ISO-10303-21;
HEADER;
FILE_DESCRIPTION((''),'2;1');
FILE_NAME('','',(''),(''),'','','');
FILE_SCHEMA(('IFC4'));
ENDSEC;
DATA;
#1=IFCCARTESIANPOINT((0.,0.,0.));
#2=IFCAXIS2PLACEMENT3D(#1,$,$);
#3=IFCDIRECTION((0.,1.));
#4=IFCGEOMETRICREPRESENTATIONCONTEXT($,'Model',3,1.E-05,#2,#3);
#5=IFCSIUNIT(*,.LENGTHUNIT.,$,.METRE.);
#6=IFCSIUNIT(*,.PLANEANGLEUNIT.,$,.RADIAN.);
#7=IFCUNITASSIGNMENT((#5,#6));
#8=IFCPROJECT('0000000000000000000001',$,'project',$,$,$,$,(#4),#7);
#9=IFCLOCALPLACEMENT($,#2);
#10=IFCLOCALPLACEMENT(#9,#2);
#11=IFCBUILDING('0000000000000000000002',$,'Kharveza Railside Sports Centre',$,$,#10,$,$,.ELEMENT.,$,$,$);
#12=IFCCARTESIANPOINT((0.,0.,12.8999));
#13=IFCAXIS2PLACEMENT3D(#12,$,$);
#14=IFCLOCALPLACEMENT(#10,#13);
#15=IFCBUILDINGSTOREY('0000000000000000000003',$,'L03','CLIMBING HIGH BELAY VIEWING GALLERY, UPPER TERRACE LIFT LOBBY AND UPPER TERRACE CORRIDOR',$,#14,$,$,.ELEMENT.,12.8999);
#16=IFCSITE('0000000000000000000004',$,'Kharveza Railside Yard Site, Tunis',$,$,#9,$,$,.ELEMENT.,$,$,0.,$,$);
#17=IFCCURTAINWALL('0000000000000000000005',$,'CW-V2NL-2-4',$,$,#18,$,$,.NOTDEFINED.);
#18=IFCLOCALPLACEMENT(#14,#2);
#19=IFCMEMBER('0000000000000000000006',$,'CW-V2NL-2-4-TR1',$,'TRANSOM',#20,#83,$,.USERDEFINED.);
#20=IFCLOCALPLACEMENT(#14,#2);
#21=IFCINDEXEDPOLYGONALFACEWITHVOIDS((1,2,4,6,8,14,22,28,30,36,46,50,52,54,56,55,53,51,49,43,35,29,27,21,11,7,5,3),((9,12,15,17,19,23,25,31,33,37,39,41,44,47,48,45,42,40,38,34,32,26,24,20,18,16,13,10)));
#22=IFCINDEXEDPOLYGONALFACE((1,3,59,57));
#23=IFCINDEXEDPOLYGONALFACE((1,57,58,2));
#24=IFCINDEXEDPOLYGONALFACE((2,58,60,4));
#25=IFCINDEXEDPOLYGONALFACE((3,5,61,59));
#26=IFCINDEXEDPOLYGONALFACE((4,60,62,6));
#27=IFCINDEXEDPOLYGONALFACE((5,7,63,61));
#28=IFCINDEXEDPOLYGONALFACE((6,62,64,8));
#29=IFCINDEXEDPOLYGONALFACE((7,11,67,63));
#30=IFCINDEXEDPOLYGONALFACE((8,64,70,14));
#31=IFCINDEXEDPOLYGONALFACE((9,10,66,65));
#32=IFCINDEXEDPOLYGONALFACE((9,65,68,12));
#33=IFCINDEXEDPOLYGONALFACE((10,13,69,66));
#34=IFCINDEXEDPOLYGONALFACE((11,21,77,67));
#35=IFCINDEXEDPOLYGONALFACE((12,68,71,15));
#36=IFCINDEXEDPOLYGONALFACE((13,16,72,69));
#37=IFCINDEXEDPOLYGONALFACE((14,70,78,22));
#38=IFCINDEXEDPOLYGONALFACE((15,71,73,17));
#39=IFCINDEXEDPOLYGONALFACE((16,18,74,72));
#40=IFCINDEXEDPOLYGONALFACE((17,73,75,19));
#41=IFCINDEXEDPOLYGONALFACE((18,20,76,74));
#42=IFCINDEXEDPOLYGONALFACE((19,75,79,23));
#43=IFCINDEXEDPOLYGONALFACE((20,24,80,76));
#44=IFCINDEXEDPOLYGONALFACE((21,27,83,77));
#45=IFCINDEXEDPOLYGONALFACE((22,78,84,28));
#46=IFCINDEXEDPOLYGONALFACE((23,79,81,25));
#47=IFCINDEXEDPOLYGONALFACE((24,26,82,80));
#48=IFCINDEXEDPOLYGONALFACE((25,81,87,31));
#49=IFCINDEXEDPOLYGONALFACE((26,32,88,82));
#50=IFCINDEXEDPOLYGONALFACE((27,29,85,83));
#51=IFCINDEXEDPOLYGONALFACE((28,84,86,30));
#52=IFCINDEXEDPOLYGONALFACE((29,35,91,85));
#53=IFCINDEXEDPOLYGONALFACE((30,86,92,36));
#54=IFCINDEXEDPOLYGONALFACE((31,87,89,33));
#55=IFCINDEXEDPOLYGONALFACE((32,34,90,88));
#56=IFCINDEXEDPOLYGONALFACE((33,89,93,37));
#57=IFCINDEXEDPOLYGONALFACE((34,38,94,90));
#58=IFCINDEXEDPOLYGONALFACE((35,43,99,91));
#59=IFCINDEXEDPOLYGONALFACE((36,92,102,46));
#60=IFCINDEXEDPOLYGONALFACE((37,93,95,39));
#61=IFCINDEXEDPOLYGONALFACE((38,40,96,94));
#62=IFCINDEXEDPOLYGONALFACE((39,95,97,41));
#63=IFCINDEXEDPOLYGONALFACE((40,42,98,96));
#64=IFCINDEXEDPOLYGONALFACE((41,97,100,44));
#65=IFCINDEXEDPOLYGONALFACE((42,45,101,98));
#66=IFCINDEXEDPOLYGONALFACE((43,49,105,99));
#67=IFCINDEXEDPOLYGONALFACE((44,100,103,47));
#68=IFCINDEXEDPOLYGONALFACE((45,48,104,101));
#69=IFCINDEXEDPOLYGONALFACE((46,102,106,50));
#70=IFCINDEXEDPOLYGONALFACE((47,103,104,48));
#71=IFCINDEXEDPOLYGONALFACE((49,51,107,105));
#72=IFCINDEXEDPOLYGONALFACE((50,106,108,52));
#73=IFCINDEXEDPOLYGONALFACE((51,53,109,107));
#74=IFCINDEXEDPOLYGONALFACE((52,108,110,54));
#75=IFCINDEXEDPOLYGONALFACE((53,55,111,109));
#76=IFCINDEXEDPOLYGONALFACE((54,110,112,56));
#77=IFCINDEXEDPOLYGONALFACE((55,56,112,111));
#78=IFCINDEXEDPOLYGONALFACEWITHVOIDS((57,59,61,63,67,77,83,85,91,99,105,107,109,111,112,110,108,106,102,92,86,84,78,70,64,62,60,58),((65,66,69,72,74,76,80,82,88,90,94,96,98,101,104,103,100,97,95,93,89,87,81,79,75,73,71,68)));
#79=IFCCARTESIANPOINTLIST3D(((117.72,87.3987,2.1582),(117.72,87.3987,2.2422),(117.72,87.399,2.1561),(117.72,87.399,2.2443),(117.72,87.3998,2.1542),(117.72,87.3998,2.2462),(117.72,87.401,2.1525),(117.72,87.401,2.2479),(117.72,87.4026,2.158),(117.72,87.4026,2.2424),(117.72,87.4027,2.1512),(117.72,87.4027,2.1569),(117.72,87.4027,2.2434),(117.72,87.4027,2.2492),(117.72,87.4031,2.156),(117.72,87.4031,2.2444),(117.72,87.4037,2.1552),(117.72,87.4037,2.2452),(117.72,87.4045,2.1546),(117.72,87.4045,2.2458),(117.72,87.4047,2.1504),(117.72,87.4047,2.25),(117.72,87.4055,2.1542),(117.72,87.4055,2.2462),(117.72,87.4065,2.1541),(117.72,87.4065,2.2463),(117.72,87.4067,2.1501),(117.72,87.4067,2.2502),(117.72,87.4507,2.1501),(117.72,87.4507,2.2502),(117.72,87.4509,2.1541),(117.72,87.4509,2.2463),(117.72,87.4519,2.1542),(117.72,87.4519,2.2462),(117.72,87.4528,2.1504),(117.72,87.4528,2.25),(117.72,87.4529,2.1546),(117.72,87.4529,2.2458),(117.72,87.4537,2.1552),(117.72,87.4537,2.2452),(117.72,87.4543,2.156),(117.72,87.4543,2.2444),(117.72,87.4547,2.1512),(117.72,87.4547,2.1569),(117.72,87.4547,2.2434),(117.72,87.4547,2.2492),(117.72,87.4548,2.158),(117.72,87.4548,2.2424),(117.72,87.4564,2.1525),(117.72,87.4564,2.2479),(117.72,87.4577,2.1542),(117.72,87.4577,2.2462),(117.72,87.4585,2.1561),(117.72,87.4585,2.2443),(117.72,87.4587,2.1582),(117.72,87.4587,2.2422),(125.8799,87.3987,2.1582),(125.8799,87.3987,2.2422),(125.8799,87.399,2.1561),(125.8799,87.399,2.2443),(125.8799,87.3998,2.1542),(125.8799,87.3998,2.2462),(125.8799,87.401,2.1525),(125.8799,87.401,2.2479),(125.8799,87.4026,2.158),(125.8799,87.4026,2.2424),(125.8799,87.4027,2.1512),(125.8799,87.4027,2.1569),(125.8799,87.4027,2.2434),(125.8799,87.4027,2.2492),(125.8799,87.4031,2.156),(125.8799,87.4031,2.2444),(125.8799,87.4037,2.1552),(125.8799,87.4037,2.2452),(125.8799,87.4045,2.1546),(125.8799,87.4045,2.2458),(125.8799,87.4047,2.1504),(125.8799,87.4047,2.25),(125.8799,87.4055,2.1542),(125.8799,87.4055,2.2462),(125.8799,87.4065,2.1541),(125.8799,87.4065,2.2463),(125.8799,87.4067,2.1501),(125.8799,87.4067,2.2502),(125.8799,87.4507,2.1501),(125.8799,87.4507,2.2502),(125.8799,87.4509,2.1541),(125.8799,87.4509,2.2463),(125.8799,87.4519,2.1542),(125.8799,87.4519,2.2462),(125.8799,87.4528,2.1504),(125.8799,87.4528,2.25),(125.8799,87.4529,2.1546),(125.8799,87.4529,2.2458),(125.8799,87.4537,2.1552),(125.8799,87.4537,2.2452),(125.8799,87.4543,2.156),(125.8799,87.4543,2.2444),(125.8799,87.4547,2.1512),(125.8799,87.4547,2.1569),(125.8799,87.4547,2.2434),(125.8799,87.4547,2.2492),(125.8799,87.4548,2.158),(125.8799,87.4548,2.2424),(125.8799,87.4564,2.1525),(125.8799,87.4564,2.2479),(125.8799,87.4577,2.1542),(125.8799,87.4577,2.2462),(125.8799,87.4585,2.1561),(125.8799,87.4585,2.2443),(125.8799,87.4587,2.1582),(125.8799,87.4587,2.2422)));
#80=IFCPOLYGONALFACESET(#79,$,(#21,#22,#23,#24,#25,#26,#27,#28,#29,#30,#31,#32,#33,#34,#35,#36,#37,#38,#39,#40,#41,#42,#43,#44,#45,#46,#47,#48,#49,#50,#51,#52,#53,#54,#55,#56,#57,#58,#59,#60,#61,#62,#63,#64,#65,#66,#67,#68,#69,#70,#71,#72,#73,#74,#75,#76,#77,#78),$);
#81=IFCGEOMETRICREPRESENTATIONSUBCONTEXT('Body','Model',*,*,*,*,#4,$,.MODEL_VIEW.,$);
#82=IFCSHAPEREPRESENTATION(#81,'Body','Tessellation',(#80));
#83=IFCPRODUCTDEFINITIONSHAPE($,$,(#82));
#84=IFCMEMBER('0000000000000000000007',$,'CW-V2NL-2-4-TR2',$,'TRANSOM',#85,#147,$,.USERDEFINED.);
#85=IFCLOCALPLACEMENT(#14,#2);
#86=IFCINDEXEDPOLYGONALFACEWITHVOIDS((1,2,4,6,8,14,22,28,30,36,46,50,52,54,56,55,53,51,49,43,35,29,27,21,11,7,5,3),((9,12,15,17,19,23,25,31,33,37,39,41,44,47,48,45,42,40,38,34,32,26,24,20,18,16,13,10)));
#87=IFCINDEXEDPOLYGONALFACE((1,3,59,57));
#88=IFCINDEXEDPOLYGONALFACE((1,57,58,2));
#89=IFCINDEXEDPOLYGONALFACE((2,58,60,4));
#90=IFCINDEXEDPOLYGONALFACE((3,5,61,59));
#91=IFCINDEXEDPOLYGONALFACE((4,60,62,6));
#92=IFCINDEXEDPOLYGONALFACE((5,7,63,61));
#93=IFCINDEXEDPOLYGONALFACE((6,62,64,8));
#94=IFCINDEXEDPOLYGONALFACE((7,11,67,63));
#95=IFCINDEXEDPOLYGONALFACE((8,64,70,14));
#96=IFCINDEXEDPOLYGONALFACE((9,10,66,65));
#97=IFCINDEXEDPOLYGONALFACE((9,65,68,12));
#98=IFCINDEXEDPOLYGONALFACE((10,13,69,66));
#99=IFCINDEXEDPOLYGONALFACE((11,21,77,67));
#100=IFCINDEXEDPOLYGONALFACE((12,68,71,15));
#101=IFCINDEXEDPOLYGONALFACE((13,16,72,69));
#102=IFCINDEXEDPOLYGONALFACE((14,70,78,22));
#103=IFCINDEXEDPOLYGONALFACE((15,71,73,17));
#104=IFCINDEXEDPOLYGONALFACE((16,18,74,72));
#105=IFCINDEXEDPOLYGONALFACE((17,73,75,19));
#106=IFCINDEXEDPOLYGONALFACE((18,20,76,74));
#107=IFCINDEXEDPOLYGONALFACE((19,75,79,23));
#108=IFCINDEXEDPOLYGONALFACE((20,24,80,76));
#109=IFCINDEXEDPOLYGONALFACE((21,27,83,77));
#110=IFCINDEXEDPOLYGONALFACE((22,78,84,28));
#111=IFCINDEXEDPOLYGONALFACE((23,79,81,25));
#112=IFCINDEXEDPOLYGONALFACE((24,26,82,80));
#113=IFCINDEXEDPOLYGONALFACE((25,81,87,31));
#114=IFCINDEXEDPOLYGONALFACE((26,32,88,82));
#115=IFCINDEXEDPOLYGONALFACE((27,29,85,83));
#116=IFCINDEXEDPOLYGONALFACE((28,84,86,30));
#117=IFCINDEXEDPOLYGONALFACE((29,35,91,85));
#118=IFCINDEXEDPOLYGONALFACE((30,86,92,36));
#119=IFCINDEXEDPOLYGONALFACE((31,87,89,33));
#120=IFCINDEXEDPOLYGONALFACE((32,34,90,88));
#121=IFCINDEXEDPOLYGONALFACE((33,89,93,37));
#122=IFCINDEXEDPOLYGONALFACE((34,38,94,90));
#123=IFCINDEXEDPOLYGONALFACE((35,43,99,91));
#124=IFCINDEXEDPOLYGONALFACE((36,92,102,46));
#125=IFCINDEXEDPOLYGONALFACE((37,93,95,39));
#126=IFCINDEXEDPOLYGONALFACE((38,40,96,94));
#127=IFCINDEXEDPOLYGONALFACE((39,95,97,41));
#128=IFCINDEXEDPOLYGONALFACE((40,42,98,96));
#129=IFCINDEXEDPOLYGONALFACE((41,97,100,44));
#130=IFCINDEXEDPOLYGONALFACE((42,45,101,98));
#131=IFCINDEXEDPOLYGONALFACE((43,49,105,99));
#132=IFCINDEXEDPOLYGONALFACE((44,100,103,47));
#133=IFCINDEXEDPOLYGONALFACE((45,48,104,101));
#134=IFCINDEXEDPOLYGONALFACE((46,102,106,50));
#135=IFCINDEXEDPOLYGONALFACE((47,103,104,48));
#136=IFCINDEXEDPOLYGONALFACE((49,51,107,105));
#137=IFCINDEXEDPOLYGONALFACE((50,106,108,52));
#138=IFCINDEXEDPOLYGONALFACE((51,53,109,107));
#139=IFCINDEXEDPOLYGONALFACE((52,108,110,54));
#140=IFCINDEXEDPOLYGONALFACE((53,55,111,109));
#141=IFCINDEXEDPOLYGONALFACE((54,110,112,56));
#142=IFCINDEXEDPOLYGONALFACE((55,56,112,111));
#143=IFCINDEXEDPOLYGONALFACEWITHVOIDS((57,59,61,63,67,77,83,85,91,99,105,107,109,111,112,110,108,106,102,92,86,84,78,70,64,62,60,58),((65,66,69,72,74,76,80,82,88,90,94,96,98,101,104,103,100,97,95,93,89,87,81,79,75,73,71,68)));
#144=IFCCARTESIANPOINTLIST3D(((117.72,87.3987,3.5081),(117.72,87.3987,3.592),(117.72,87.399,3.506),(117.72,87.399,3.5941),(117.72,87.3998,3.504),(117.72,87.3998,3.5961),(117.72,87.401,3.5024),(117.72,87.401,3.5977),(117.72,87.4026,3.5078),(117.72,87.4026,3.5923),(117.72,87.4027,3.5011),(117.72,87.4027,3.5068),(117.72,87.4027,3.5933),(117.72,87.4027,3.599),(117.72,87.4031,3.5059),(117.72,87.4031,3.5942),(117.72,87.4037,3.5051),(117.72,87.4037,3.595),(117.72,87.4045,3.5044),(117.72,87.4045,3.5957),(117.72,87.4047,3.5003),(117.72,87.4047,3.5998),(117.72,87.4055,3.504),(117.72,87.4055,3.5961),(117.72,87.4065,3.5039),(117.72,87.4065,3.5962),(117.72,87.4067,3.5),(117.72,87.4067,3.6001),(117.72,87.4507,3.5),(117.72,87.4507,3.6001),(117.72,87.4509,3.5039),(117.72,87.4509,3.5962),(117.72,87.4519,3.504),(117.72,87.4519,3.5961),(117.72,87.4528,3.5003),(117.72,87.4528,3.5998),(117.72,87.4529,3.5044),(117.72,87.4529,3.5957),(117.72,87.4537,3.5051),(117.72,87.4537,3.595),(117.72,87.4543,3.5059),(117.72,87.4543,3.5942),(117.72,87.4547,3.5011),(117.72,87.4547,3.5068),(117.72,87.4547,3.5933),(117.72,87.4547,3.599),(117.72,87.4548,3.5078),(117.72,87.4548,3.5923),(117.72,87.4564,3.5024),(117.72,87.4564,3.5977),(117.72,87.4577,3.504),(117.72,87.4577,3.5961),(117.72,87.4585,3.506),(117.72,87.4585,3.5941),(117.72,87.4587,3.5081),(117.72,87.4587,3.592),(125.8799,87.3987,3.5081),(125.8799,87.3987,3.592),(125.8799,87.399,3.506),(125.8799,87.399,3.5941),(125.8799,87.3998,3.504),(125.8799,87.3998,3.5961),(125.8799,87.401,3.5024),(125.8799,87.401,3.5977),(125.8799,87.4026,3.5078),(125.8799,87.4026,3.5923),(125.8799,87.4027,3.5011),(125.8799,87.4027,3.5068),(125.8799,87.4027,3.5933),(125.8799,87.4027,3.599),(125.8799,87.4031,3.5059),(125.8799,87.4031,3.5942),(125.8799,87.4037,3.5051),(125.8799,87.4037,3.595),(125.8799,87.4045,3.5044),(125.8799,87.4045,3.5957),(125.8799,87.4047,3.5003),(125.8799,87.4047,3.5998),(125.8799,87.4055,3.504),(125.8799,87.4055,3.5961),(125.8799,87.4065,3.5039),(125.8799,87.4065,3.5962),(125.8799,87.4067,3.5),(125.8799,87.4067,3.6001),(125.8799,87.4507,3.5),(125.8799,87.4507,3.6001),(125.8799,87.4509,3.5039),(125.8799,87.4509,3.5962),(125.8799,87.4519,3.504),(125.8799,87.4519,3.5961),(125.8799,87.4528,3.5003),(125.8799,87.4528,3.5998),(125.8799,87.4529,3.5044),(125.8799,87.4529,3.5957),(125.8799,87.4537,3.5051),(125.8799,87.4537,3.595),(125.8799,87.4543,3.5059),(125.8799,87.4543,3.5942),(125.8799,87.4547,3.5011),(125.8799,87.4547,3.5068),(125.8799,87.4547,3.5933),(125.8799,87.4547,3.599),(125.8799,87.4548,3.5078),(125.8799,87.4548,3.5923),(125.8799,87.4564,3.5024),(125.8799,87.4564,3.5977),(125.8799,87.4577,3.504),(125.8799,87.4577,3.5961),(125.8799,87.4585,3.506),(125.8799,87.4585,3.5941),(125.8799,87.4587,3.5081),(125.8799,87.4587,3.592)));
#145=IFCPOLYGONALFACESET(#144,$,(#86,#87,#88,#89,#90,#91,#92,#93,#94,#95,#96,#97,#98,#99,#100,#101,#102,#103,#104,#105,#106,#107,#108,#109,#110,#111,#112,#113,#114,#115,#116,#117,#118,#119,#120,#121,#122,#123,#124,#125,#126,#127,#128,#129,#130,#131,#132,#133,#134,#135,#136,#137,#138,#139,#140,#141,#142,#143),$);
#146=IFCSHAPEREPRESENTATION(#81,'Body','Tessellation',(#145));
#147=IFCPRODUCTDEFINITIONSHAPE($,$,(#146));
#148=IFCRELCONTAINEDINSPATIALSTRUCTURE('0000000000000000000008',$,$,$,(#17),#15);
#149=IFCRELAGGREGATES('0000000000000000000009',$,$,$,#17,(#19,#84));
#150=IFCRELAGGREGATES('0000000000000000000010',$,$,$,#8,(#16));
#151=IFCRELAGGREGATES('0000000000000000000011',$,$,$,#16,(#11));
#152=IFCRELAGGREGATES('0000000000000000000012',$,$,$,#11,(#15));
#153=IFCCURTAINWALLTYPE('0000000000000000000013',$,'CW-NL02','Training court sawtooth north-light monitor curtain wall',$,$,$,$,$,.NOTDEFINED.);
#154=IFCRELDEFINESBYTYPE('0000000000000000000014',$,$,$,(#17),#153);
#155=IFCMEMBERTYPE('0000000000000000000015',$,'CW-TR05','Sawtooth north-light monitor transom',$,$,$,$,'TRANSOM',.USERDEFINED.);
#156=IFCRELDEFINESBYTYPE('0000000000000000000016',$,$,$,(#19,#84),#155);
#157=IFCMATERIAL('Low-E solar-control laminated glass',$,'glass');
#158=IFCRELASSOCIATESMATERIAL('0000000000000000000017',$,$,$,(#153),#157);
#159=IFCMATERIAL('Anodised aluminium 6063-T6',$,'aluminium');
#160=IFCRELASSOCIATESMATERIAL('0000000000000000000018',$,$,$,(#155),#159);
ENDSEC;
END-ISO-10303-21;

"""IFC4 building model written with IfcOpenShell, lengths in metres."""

from ifc_helpers import new_model, si_unit, direction, frame, origin, origin_2d, place, context, subcontext, project, spatial, hollow_rectangle, extrude, material, material_profile, profile_set, type_object, element, aggregate, save


model = new_model("IFC4")

# Units and contexts
model_context = context("Model", 3, precision=1e-05, world=origin(), true_north=direction((0.0, 1.0)))
body_context = subcontext(model_context, "Body", "Model", "MODEL_VIEW")
ifc_project = project(units=[si_unit("LENGTHUNIT", "METRE"), si_unit("PLANEANGLEUNIT", "RADIAN")], contexts=[model_context])

# Site, building, storey
site_placement = place(None, origin())
site = spatial("IfcSite", under=ifc_project, at=site_placement, Name="Kharveza Railside Yard Site, Tunis", CompositionType="ELEMENT", RefElevation=0.0)
building_placement = place(site_placement, origin())
building = spatial("IfcBuilding", under=site, at=building_placement, Name="Kharveza Railside Sports Centre", CompositionType="ELEMENT")
storey_placement = place(building_placement, frame((0.0, 0.0, 12.8999)))
storey = spatial("IfcBuildingStorey", under=building, at=storey_placement, Name="L03", Description="CLIMBING HIGH BELAY VIEWING GALLERY, UPPER TERRACE LIFT LOBBY AND UPPER TERRACE CORRIDOR", CompositionType="ELEMENT", Elevation=12.8999)

# Curtain wall
ifc_material_1 = material(Name="Low-E solar-control laminated glass", Category="glass")
curtain_wall_type = type_object("IfcCurtainWallType", Name="CW-NL02", Description="Training court sawtooth north-light monitor curtain wall", PredefinedType="NOTDEFINED", material=ifc_material_1)
curtain_wall_1_placement = place(storey_placement, origin())
curtain_wall_1 = element("IfcCurtainWall", 1, at=curtain_wall_1_placement, inside=storey, type_object=curtain_wall_type, Name="CW-V2NL-2-4", PredefinedType="NOTDEFINED")
ifc_material_2 = material(Name="Anodised aluminium 6063-T6", Category="aluminium")

# Members
ifc_material_profile_1 = material_profile(ifc_material_2, hollow_rectangle(XDim=0.0601, YDim=0.1001, WallThickness=0.0039, InnerFilletRadius=0.0039, OuterFilletRadius=0.0081, at=origin_2d()), Name="RHS 60x100x4.0")
ifc_profile_set_1 = profile_set([ifc_material_profile_1], Name="Anodised aluminium 6063-T6")
member_type_1 = type_object("IfcMemberType", Name="CW-TR05", Description="Sawtooth north-light monitor transom", ElementType="TRANSOM", PredefinedType="USERDEFINED", material=ifc_profile_set_1)
member_1_placement = place(storey_placement, frame((117.72, 87.4287, 2.2002), z_axis=(1.0, 0.0, 0.0), x_axis=(0.0, 1.0, 0.0)))
member_1 = element("IfcMember", 2, at=member_1_placement, type_object=member_type_1, Name="CW-V2NL-2-4-TR1", ObjectType="TRANSOM", PredefinedType="USERDEFINED", context=body_context, shape_type="SweptSolid", body=[
    extrude(hollow_rectangle(XDim=0.0601, YDim=0.1001, WallThickness=0.0039, InnerFilletRadius=0.0039, OuterFilletRadius=0.0081, at=origin_2d()), origin(), (0.0, 0.0, 1.0), 8.1599),
])
member_2_placement = place(storey_placement, frame((117.72, 87.4287, 3.55), z_axis=(1.0, 0.0, 0.0), x_axis=(0.0, 1.0, 0.0)))
member_2 = element("IfcMember", 3, at=member_2_placement, type_object=member_type_1, Name="CW-V2NL-2-4-TR2", ObjectType="TRANSOM", PredefinedType="USERDEFINED", context=body_context, shape_type="SweptSolid", body=[
    extrude(hollow_rectangle(XDim=0.0601, YDim=0.1001, WallThickness=0.0039, InnerFilletRadius=0.0039, OuterFilletRadius=0.0081, at=origin_2d()), origin(), (0.0, 0.0, 1.0), 8.1599),
])

aggregate(curtain_wall_1, [member_1, member_2])

save(model, "model.ifc")
